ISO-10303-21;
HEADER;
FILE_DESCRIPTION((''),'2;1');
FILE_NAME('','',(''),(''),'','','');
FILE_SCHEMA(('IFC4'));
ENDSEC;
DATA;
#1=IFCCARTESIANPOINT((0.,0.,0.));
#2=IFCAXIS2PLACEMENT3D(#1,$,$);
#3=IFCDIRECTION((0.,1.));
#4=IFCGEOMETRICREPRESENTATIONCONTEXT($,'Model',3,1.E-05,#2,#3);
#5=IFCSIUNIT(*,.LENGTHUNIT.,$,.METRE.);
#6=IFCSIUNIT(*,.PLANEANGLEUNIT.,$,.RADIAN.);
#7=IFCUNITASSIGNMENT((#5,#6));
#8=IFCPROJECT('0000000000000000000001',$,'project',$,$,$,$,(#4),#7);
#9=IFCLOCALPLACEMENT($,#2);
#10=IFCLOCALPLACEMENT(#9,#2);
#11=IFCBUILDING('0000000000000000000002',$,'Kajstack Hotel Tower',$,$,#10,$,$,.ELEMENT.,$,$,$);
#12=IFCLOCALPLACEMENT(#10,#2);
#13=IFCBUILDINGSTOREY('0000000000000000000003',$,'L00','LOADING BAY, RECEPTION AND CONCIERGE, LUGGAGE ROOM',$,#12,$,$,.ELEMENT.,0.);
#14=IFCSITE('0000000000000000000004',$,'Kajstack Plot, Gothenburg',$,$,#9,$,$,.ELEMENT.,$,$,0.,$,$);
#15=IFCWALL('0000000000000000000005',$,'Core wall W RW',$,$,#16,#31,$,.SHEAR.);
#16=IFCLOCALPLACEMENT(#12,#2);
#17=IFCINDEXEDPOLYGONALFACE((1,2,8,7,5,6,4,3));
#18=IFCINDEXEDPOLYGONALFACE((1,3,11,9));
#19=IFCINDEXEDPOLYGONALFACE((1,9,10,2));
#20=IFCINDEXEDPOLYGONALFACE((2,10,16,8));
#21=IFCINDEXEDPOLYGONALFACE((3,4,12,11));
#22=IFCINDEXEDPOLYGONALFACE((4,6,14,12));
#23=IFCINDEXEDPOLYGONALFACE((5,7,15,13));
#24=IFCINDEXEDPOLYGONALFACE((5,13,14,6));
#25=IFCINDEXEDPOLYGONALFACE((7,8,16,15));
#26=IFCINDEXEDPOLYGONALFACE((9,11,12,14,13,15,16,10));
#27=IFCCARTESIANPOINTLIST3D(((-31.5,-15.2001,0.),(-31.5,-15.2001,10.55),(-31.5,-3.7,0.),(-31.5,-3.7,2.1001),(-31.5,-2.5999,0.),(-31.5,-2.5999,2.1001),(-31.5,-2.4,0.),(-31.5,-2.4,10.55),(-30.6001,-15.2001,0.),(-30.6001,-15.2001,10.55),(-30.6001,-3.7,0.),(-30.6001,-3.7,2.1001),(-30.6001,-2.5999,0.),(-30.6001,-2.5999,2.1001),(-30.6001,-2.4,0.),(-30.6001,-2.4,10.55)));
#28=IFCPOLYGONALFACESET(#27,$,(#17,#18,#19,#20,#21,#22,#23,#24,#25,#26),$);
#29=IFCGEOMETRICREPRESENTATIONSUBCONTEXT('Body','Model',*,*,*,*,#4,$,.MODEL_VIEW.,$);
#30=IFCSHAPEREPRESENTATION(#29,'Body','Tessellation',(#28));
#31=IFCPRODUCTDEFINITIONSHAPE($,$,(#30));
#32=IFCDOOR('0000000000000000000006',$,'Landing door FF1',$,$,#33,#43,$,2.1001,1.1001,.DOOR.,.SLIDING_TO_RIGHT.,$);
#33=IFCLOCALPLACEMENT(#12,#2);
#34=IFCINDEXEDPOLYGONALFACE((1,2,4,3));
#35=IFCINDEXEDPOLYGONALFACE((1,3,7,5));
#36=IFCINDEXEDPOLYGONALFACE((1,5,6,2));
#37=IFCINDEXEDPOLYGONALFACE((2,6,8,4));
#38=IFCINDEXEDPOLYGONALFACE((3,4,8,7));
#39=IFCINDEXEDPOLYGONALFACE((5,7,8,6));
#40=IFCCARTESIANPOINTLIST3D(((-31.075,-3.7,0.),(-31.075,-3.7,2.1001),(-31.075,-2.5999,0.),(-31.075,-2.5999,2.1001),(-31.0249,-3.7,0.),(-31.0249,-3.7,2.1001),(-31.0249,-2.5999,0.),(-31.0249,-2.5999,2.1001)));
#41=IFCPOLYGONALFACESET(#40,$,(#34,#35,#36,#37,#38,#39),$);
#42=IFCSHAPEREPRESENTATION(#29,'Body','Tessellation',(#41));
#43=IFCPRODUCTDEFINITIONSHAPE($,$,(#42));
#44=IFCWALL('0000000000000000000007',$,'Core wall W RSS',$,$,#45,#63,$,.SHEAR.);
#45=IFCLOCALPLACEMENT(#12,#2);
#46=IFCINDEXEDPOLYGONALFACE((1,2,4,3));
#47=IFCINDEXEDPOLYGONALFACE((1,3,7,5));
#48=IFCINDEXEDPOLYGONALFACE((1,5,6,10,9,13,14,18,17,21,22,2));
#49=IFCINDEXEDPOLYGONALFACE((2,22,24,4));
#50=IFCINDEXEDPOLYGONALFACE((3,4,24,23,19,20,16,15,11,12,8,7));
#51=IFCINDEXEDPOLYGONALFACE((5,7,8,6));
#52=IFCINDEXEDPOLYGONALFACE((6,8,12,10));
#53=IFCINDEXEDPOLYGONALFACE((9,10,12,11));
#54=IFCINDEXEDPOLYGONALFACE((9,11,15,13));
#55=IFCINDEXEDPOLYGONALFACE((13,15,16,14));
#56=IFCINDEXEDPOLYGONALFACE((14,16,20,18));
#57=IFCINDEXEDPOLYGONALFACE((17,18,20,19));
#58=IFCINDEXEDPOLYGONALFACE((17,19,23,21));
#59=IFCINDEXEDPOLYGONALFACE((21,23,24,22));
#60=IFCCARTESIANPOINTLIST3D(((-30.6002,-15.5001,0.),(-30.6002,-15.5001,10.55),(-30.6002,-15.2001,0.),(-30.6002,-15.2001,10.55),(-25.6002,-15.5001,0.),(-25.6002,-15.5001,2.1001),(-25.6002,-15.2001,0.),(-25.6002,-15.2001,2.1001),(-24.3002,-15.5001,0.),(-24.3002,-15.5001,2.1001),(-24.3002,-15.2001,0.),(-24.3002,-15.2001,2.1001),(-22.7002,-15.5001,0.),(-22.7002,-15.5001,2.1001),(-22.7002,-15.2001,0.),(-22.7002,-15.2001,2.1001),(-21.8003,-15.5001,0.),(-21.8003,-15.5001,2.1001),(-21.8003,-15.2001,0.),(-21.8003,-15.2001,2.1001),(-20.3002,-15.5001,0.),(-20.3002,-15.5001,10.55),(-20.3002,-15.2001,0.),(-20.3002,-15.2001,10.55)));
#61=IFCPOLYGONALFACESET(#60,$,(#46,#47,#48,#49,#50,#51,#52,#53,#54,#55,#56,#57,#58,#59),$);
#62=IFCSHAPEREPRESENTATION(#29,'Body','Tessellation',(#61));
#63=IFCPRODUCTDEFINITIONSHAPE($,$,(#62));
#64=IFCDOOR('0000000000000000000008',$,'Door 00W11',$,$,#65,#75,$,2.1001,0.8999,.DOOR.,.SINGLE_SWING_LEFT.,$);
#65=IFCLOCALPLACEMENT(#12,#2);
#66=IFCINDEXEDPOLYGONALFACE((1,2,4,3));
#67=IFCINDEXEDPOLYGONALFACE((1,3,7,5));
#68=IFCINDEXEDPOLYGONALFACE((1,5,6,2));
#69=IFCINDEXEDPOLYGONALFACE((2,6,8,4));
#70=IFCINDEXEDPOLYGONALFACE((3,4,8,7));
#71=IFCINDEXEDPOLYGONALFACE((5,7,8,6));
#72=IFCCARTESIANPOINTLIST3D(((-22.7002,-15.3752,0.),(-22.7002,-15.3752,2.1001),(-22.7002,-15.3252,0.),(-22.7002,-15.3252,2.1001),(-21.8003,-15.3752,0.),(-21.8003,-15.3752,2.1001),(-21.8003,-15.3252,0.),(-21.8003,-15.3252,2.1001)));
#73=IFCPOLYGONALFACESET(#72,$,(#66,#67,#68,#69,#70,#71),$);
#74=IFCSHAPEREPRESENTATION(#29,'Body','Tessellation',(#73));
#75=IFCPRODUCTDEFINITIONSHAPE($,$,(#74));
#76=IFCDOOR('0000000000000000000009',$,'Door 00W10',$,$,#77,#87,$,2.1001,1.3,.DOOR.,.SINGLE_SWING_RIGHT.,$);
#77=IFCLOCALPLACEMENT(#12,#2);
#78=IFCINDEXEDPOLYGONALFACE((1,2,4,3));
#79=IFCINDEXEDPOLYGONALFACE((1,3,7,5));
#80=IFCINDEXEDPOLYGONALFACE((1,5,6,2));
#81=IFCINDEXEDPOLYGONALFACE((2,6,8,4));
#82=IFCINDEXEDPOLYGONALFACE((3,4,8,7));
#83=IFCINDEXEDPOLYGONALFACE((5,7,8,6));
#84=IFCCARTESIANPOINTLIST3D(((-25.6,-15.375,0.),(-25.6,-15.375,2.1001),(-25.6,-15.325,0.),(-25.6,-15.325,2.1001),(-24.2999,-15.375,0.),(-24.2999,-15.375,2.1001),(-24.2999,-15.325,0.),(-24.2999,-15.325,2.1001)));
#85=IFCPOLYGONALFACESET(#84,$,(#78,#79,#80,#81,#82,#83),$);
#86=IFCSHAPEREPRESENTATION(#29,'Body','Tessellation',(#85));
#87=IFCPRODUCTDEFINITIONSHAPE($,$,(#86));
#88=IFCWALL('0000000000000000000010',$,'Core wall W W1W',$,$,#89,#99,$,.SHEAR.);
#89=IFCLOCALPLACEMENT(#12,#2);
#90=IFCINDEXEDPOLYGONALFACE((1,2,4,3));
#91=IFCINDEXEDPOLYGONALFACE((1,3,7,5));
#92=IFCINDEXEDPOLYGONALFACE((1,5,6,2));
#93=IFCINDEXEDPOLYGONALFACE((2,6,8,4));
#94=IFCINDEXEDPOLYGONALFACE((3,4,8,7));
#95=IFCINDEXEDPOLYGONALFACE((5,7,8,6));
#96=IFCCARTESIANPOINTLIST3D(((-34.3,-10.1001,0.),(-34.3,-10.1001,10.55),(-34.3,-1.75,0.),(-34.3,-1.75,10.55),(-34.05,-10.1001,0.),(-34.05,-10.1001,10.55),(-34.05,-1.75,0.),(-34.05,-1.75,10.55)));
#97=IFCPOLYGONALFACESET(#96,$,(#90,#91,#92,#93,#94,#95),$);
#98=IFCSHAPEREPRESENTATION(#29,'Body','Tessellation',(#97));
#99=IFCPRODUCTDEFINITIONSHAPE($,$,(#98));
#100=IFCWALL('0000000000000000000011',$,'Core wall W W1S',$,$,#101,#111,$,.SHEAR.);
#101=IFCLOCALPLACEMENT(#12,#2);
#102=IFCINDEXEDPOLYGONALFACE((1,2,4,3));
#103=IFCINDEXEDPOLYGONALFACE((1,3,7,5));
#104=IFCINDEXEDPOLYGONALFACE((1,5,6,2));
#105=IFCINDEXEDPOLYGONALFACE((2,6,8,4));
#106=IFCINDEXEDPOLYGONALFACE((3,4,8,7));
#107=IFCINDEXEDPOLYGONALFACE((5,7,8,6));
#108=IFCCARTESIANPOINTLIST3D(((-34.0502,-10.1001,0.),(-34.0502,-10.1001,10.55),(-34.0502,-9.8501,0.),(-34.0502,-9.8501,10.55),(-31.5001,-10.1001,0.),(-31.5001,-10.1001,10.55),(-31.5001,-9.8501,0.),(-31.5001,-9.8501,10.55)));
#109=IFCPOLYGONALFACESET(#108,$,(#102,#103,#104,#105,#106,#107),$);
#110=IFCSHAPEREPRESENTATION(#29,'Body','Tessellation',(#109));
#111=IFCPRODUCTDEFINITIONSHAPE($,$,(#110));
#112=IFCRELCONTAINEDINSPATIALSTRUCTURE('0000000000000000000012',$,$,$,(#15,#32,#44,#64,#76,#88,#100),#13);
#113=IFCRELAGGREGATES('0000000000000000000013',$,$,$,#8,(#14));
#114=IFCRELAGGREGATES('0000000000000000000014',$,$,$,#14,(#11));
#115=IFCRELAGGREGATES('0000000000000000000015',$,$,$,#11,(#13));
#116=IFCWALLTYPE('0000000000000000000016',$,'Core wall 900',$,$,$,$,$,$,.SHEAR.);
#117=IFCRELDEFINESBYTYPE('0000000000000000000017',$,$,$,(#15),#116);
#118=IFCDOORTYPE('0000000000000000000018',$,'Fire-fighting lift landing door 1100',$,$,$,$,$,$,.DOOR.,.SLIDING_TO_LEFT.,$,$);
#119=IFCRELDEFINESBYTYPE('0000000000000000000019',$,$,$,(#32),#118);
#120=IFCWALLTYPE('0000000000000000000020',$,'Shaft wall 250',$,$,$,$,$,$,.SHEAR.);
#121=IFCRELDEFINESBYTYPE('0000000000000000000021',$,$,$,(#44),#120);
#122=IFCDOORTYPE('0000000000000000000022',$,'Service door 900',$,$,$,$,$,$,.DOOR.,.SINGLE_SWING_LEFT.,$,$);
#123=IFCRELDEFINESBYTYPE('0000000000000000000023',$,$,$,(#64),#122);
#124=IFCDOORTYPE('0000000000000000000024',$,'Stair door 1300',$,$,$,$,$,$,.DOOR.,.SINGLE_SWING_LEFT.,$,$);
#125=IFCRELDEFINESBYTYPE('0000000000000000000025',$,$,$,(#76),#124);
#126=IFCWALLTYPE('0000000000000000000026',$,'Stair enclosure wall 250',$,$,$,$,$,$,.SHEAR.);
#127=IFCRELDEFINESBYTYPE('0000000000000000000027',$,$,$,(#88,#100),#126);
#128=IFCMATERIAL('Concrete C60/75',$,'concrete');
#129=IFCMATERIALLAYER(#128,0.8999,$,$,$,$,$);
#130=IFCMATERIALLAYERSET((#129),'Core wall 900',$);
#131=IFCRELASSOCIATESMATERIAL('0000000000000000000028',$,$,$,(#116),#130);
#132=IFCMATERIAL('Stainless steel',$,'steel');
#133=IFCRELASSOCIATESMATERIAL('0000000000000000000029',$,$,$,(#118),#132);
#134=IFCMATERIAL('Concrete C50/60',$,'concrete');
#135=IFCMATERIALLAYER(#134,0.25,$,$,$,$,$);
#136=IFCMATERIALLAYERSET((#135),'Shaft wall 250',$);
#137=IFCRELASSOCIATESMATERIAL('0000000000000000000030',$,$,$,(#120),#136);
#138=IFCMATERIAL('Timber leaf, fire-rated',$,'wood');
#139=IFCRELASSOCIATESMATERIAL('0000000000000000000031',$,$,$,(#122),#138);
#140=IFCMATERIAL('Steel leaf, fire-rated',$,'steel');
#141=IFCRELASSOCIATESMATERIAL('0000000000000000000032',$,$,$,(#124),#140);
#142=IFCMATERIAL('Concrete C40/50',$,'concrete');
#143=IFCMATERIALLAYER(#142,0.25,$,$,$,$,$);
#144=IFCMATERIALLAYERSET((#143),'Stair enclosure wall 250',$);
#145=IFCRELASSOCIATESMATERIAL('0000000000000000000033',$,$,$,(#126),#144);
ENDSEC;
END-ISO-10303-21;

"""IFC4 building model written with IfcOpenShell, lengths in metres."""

from ifc_helpers import new_model, si_unit, direction, frame, frame_2d, origin, place, context, subcontext, project, spatial, rectangle, extrude, material, layer, layer_set, type_object, element, fill, save


model = new_model("IFC4")

# Units and contexts
model_context = context("Model", 3, precision=1e-05, world=origin(), true_north=direction((0.0, 1.0)))
body_context = subcontext(model_context, "Body", "Model", "MODEL_VIEW")
ifc_project = project(units=[si_unit("LENGTHUNIT", "METRE"), si_unit("PLANEANGLEUNIT", "RADIAN")], contexts=[model_context])

# Site, building, storey
site_placement = place(None, origin())
site = spatial("IfcSite", under=ifc_project, at=site_placement, Name="Kajstack Plot, Gothenburg", CompositionType="ELEMENT", RefElevation=0.0)
building_placement = place(site_placement, origin())
building = spatial("IfcBuilding", under=site, at=building_placement, Name="Kajstack Hotel Tower", CompositionType="ELEMENT")
storey_placement = place(building_placement, origin())
storey = spatial("IfcBuildingStorey", under=building, at=storey_placement, Name="L00", Description="LOADING BAY, RECEPTION AND CONCIERGE, LUGGAGE ROOM", CompositionType="ELEMENT", Elevation=0.0)

# Shared definitions
ifc_material_1 = material(Name="Concrete C40/50", Category="concrete")

# Shared definitions
ifc_material_2 = material(Name="Concrete C50/60", Category="concrete")

# Shared definitions
ifc_material_3 = material(Name="Concrete C60/75", Category="concrete")
ifc_layer_1 = layer(ifc_material_3, 0.8999)
ifc_layer_set_1 = layer_set([ifc_layer_1], Name="Core wall 900")
wall_type_1 = type_object("IfcWallType", Name="Core wall 900", PredefinedType="SHEAR", material=ifc_layer_set_1)

# Wall, opening, door
wall_1_placement = place(storey_placement, frame((-31.05, -15.2, 0.0), z_axis=(0.0, 0.0, 1.0), x_axis=(0.0, 1.0, 0.0)))
wall_1 = element("IfcWall", 1, at=wall_1_placement, inside=storey, type_object=wall_type_1, Name="Core wall W RW", PredefinedType="SHEAR", context=body_context, shape_type="SweptSolid", body=[
    extrude(rectangle(XDim=12.8, YDim=0.8999, at=frame_2d((6.3999, 0.0))), origin(), (0.0, 0.0, 1.0), 10.55),
])
opening_1_placement = place(wall_1_placement, frame((11.5, 0.0, 0.0)))
opening_1 = element("IfcOpeningElement", 2, at=opening_1_placement, cuts=wall_1, PredefinedType="OPENING", context=body_context, shape_type="SweptSolid", body=[
    extrude(rectangle(XDim=1.1001, YDim=2.1001, at=frame_2d((0.55, 1.05))), frame((0.0, 0.46, 0.0), z_axis=(0.0, -1.0, 0.0), x_axis=(1.0, 0.0, 0.0)), (0.0, 0.0, 1.0), 0.9199),
])
ifc_material_4 = material(Name="Stainless steel", Category="steel")
door_type_1 = type_object("IfcDoorType", Name="Fire-fighting lift landing door 1100", OperationType="SLIDING_TO_LEFT", PredefinedType="DOOR", material=ifc_material_4)
door_1_placement = place(opening_1_placement, origin())
door_1 = element("IfcDoor", 3, at=door_1_placement, inside=storey, type_object=door_type_1, Name="Landing door FF1", OperationType="SLIDING_TO_RIGHT", OverallHeight=2.1001, OverallWidth=1.1001, PredefinedType="DOOR", context=body_context, shape_type="SweptSolid", body=[
    extrude(rectangle(XDim=1.1001, YDim=2.1001, at=frame_2d((0.55, 1.05))), frame((0.0, 0.0249, 0.0), z_axis=(0.0, -1.0, 0.0), x_axis=(1.0, 0.0, 0.0)), (0.0, 0.0, 1.0), 0.05),
])
fill(opening_1, door_1)

# Wall, openings, doors
ifc_layer_2 = layer(ifc_material_2, 0.25)
ifc_layer_set_2 = layer_set([ifc_layer_2], Name="Shaft wall 250")
wall_type_2 = type_object("IfcWallType", Name="Shaft wall 250", PredefinedType="SHEAR", material=ifc_layer_set_2)
wall_2_placement = place(storey_placement, frame((-30.6001, -15.3501, 0.0), z_axis=(0.0, 0.0, 1.0), x_axis=(1.0, 0.0, 0.0)))
wall_2 = element("IfcWall", 4, at=wall_2_placement, inside=storey, type_object=wall_type_2, Name="Core wall W RSS", PredefinedType="SHEAR", context=body_context, shape_type="SweptSolid", body=[
    extrude(rectangle(XDim=10.3, YDim=0.3, at=frame_2d((5.1499, 0.0))), origin(), (0.0, 0.0, 1.0), 10.55),
])
opening_2_placement = place(wall_2_placement, frame((5.0, 0.0, 0.0)))
opening_2 = element("IfcOpeningElement", 5, at=opening_2_placement, cuts=wall_2, PredefinedType="OPENING", context=body_context, shape_type="SweptSolid", body=[
    extrude(rectangle(XDim=1.3, YDim=2.1001, at=frame_2d((0.6499, 1.05))), frame((0.0, 0.1599, 0.0), z_axis=(0.0, -1.0, 0.0), x_axis=(1.0, 0.0, 0.0)), (0.0, 0.0, 1.0), 0.3201),
])
opening_3_placement = place(wall_2_placement, frame((7.8999, 0.0, 0.0)))
opening_3 = element("IfcOpeningElement", 6, at=opening_3_placement, cuts=wall_2, PredefinedType="OPENING", context=body_context, shape_type="SweptSolid", body=[
    extrude(rectangle(XDim=0.8999, YDim=2.1001, at=frame_2d((0.45, 1.05))), frame((0.0, 0.1599, 0.0), z_axis=(0.0, -1.0, 0.0), x_axis=(1.0, 0.0, 0.0)), (0.0, 0.0, 1.0), 0.3201),
])
ifc_material_5 = material(Name="Timber leaf, fire-rated", Category="wood")
door_type_2 = type_object("IfcDoorType", Name="Service door 900", OperationType="SINGLE_SWING_LEFT", PredefinedType="DOOR", material=ifc_material_5)
door_2_placement = place(opening_3_placement, origin())
door_2 = element("IfcDoor", 7, at=door_2_placement, inside=storey, type_object=door_type_2, Name="Door 00W11", OperationType="SINGLE_SWING_LEFT", OverallHeight=2.1001, OverallWidth=0.8999, PredefinedType="DOOR", context=body_context, shape_type="SweptSolid", body=[
    extrude(rectangle(XDim=0.8999, YDim=2.1001, at=frame_2d((0.45, 1.05))), frame((0.0, 0.0249, 0.0), z_axis=(0.0, -1.0, 0.0), x_axis=(1.0, 0.0, 0.0)), (0.0, 0.0, 1.0), 0.05),
])
fill(opening_3, door_2)
ifc_material_6 = material(Name="Steel leaf, fire-rated", Category="steel")
door_type_3 = type_object("IfcDoorType", Name="Stair door 1300", OperationType="SINGLE_SWING_LEFT", PredefinedType="DOOR", material=ifc_material_6)
door_3_placement = place(opening_2_placement, frame((1.3, 0.0, 0.0), z_axis=(0.0, 0.0, 1.0), x_axis=(-1.0, 0.0, 0.0)))
door_3 = element("IfcDoor", 8, at=door_3_placement, inside=storey, type_object=door_type_3, Name="Door 00W10", OperationType="SINGLE_SWING_RIGHT", OverallHeight=2.1001, OverallWidth=1.3, PredefinedType="DOOR", context=body_context, shape_type="SweptSolid", body=[
    extrude(rectangle(XDim=1.3, YDim=2.1001, at=frame_2d((0.6499, 1.05))), frame((0.0, 0.0249, 0.0), z_axis=(0.0, -1.0, 0.0), x_axis=(1.0, 0.0, 0.0)), (0.0, 0.0, 1.0), 0.05),
])
fill(opening_2, door_3)

# Walls
ifc_layer_3 = layer(ifc_material_1, 0.25)
ifc_layer_set_3 = layer_set([ifc_layer_3], Name="Stair enclosure wall 250")
wall_type_3 = type_object("IfcWallType", Name="Stair enclosure wall 250", PredefinedType="SHEAR", material=ifc_layer_set_3)
wall_3_placement = place(storey_placement, frame((-34.175, -10.1001, 0.0), z_axis=(0.0, 0.0, 1.0), x_axis=(0.0, 1.0, 0.0)))
element("IfcWall", 9, at=wall_3_placement, inside=storey, type_object=wall_type_3, Name="Core wall W W1W", PredefinedType="SHEAR", context=body_context, shape_type="SweptSolid", body=[
    extrude(rectangle(XDim=8.3501, YDim=0.25, at=frame_2d((4.175, 0.0))), origin(), (0.0, 0.0, 1.0), 10.55),
])
wall_4_placement = place(storey_placement, frame((-34.05, -9.9751, 0.0), z_axis=(0.0, 0.0, 1.0), x_axis=(1.0, 0.0, 0.0)))
element("IfcWall", 10, at=wall_4_placement, inside=storey, type_object=wall_type_3, Name="Core wall W W1S", PredefinedType="SHEAR", context=body_context, shape_type="SweptSolid", body=[
    extrude(rectangle(XDim=2.55, YDim=0.25, at=frame_2d((1.2749, 0.0))), origin(), (0.0, 0.0, 1.0), 10.55),
])

save(model, "model.ifc")
